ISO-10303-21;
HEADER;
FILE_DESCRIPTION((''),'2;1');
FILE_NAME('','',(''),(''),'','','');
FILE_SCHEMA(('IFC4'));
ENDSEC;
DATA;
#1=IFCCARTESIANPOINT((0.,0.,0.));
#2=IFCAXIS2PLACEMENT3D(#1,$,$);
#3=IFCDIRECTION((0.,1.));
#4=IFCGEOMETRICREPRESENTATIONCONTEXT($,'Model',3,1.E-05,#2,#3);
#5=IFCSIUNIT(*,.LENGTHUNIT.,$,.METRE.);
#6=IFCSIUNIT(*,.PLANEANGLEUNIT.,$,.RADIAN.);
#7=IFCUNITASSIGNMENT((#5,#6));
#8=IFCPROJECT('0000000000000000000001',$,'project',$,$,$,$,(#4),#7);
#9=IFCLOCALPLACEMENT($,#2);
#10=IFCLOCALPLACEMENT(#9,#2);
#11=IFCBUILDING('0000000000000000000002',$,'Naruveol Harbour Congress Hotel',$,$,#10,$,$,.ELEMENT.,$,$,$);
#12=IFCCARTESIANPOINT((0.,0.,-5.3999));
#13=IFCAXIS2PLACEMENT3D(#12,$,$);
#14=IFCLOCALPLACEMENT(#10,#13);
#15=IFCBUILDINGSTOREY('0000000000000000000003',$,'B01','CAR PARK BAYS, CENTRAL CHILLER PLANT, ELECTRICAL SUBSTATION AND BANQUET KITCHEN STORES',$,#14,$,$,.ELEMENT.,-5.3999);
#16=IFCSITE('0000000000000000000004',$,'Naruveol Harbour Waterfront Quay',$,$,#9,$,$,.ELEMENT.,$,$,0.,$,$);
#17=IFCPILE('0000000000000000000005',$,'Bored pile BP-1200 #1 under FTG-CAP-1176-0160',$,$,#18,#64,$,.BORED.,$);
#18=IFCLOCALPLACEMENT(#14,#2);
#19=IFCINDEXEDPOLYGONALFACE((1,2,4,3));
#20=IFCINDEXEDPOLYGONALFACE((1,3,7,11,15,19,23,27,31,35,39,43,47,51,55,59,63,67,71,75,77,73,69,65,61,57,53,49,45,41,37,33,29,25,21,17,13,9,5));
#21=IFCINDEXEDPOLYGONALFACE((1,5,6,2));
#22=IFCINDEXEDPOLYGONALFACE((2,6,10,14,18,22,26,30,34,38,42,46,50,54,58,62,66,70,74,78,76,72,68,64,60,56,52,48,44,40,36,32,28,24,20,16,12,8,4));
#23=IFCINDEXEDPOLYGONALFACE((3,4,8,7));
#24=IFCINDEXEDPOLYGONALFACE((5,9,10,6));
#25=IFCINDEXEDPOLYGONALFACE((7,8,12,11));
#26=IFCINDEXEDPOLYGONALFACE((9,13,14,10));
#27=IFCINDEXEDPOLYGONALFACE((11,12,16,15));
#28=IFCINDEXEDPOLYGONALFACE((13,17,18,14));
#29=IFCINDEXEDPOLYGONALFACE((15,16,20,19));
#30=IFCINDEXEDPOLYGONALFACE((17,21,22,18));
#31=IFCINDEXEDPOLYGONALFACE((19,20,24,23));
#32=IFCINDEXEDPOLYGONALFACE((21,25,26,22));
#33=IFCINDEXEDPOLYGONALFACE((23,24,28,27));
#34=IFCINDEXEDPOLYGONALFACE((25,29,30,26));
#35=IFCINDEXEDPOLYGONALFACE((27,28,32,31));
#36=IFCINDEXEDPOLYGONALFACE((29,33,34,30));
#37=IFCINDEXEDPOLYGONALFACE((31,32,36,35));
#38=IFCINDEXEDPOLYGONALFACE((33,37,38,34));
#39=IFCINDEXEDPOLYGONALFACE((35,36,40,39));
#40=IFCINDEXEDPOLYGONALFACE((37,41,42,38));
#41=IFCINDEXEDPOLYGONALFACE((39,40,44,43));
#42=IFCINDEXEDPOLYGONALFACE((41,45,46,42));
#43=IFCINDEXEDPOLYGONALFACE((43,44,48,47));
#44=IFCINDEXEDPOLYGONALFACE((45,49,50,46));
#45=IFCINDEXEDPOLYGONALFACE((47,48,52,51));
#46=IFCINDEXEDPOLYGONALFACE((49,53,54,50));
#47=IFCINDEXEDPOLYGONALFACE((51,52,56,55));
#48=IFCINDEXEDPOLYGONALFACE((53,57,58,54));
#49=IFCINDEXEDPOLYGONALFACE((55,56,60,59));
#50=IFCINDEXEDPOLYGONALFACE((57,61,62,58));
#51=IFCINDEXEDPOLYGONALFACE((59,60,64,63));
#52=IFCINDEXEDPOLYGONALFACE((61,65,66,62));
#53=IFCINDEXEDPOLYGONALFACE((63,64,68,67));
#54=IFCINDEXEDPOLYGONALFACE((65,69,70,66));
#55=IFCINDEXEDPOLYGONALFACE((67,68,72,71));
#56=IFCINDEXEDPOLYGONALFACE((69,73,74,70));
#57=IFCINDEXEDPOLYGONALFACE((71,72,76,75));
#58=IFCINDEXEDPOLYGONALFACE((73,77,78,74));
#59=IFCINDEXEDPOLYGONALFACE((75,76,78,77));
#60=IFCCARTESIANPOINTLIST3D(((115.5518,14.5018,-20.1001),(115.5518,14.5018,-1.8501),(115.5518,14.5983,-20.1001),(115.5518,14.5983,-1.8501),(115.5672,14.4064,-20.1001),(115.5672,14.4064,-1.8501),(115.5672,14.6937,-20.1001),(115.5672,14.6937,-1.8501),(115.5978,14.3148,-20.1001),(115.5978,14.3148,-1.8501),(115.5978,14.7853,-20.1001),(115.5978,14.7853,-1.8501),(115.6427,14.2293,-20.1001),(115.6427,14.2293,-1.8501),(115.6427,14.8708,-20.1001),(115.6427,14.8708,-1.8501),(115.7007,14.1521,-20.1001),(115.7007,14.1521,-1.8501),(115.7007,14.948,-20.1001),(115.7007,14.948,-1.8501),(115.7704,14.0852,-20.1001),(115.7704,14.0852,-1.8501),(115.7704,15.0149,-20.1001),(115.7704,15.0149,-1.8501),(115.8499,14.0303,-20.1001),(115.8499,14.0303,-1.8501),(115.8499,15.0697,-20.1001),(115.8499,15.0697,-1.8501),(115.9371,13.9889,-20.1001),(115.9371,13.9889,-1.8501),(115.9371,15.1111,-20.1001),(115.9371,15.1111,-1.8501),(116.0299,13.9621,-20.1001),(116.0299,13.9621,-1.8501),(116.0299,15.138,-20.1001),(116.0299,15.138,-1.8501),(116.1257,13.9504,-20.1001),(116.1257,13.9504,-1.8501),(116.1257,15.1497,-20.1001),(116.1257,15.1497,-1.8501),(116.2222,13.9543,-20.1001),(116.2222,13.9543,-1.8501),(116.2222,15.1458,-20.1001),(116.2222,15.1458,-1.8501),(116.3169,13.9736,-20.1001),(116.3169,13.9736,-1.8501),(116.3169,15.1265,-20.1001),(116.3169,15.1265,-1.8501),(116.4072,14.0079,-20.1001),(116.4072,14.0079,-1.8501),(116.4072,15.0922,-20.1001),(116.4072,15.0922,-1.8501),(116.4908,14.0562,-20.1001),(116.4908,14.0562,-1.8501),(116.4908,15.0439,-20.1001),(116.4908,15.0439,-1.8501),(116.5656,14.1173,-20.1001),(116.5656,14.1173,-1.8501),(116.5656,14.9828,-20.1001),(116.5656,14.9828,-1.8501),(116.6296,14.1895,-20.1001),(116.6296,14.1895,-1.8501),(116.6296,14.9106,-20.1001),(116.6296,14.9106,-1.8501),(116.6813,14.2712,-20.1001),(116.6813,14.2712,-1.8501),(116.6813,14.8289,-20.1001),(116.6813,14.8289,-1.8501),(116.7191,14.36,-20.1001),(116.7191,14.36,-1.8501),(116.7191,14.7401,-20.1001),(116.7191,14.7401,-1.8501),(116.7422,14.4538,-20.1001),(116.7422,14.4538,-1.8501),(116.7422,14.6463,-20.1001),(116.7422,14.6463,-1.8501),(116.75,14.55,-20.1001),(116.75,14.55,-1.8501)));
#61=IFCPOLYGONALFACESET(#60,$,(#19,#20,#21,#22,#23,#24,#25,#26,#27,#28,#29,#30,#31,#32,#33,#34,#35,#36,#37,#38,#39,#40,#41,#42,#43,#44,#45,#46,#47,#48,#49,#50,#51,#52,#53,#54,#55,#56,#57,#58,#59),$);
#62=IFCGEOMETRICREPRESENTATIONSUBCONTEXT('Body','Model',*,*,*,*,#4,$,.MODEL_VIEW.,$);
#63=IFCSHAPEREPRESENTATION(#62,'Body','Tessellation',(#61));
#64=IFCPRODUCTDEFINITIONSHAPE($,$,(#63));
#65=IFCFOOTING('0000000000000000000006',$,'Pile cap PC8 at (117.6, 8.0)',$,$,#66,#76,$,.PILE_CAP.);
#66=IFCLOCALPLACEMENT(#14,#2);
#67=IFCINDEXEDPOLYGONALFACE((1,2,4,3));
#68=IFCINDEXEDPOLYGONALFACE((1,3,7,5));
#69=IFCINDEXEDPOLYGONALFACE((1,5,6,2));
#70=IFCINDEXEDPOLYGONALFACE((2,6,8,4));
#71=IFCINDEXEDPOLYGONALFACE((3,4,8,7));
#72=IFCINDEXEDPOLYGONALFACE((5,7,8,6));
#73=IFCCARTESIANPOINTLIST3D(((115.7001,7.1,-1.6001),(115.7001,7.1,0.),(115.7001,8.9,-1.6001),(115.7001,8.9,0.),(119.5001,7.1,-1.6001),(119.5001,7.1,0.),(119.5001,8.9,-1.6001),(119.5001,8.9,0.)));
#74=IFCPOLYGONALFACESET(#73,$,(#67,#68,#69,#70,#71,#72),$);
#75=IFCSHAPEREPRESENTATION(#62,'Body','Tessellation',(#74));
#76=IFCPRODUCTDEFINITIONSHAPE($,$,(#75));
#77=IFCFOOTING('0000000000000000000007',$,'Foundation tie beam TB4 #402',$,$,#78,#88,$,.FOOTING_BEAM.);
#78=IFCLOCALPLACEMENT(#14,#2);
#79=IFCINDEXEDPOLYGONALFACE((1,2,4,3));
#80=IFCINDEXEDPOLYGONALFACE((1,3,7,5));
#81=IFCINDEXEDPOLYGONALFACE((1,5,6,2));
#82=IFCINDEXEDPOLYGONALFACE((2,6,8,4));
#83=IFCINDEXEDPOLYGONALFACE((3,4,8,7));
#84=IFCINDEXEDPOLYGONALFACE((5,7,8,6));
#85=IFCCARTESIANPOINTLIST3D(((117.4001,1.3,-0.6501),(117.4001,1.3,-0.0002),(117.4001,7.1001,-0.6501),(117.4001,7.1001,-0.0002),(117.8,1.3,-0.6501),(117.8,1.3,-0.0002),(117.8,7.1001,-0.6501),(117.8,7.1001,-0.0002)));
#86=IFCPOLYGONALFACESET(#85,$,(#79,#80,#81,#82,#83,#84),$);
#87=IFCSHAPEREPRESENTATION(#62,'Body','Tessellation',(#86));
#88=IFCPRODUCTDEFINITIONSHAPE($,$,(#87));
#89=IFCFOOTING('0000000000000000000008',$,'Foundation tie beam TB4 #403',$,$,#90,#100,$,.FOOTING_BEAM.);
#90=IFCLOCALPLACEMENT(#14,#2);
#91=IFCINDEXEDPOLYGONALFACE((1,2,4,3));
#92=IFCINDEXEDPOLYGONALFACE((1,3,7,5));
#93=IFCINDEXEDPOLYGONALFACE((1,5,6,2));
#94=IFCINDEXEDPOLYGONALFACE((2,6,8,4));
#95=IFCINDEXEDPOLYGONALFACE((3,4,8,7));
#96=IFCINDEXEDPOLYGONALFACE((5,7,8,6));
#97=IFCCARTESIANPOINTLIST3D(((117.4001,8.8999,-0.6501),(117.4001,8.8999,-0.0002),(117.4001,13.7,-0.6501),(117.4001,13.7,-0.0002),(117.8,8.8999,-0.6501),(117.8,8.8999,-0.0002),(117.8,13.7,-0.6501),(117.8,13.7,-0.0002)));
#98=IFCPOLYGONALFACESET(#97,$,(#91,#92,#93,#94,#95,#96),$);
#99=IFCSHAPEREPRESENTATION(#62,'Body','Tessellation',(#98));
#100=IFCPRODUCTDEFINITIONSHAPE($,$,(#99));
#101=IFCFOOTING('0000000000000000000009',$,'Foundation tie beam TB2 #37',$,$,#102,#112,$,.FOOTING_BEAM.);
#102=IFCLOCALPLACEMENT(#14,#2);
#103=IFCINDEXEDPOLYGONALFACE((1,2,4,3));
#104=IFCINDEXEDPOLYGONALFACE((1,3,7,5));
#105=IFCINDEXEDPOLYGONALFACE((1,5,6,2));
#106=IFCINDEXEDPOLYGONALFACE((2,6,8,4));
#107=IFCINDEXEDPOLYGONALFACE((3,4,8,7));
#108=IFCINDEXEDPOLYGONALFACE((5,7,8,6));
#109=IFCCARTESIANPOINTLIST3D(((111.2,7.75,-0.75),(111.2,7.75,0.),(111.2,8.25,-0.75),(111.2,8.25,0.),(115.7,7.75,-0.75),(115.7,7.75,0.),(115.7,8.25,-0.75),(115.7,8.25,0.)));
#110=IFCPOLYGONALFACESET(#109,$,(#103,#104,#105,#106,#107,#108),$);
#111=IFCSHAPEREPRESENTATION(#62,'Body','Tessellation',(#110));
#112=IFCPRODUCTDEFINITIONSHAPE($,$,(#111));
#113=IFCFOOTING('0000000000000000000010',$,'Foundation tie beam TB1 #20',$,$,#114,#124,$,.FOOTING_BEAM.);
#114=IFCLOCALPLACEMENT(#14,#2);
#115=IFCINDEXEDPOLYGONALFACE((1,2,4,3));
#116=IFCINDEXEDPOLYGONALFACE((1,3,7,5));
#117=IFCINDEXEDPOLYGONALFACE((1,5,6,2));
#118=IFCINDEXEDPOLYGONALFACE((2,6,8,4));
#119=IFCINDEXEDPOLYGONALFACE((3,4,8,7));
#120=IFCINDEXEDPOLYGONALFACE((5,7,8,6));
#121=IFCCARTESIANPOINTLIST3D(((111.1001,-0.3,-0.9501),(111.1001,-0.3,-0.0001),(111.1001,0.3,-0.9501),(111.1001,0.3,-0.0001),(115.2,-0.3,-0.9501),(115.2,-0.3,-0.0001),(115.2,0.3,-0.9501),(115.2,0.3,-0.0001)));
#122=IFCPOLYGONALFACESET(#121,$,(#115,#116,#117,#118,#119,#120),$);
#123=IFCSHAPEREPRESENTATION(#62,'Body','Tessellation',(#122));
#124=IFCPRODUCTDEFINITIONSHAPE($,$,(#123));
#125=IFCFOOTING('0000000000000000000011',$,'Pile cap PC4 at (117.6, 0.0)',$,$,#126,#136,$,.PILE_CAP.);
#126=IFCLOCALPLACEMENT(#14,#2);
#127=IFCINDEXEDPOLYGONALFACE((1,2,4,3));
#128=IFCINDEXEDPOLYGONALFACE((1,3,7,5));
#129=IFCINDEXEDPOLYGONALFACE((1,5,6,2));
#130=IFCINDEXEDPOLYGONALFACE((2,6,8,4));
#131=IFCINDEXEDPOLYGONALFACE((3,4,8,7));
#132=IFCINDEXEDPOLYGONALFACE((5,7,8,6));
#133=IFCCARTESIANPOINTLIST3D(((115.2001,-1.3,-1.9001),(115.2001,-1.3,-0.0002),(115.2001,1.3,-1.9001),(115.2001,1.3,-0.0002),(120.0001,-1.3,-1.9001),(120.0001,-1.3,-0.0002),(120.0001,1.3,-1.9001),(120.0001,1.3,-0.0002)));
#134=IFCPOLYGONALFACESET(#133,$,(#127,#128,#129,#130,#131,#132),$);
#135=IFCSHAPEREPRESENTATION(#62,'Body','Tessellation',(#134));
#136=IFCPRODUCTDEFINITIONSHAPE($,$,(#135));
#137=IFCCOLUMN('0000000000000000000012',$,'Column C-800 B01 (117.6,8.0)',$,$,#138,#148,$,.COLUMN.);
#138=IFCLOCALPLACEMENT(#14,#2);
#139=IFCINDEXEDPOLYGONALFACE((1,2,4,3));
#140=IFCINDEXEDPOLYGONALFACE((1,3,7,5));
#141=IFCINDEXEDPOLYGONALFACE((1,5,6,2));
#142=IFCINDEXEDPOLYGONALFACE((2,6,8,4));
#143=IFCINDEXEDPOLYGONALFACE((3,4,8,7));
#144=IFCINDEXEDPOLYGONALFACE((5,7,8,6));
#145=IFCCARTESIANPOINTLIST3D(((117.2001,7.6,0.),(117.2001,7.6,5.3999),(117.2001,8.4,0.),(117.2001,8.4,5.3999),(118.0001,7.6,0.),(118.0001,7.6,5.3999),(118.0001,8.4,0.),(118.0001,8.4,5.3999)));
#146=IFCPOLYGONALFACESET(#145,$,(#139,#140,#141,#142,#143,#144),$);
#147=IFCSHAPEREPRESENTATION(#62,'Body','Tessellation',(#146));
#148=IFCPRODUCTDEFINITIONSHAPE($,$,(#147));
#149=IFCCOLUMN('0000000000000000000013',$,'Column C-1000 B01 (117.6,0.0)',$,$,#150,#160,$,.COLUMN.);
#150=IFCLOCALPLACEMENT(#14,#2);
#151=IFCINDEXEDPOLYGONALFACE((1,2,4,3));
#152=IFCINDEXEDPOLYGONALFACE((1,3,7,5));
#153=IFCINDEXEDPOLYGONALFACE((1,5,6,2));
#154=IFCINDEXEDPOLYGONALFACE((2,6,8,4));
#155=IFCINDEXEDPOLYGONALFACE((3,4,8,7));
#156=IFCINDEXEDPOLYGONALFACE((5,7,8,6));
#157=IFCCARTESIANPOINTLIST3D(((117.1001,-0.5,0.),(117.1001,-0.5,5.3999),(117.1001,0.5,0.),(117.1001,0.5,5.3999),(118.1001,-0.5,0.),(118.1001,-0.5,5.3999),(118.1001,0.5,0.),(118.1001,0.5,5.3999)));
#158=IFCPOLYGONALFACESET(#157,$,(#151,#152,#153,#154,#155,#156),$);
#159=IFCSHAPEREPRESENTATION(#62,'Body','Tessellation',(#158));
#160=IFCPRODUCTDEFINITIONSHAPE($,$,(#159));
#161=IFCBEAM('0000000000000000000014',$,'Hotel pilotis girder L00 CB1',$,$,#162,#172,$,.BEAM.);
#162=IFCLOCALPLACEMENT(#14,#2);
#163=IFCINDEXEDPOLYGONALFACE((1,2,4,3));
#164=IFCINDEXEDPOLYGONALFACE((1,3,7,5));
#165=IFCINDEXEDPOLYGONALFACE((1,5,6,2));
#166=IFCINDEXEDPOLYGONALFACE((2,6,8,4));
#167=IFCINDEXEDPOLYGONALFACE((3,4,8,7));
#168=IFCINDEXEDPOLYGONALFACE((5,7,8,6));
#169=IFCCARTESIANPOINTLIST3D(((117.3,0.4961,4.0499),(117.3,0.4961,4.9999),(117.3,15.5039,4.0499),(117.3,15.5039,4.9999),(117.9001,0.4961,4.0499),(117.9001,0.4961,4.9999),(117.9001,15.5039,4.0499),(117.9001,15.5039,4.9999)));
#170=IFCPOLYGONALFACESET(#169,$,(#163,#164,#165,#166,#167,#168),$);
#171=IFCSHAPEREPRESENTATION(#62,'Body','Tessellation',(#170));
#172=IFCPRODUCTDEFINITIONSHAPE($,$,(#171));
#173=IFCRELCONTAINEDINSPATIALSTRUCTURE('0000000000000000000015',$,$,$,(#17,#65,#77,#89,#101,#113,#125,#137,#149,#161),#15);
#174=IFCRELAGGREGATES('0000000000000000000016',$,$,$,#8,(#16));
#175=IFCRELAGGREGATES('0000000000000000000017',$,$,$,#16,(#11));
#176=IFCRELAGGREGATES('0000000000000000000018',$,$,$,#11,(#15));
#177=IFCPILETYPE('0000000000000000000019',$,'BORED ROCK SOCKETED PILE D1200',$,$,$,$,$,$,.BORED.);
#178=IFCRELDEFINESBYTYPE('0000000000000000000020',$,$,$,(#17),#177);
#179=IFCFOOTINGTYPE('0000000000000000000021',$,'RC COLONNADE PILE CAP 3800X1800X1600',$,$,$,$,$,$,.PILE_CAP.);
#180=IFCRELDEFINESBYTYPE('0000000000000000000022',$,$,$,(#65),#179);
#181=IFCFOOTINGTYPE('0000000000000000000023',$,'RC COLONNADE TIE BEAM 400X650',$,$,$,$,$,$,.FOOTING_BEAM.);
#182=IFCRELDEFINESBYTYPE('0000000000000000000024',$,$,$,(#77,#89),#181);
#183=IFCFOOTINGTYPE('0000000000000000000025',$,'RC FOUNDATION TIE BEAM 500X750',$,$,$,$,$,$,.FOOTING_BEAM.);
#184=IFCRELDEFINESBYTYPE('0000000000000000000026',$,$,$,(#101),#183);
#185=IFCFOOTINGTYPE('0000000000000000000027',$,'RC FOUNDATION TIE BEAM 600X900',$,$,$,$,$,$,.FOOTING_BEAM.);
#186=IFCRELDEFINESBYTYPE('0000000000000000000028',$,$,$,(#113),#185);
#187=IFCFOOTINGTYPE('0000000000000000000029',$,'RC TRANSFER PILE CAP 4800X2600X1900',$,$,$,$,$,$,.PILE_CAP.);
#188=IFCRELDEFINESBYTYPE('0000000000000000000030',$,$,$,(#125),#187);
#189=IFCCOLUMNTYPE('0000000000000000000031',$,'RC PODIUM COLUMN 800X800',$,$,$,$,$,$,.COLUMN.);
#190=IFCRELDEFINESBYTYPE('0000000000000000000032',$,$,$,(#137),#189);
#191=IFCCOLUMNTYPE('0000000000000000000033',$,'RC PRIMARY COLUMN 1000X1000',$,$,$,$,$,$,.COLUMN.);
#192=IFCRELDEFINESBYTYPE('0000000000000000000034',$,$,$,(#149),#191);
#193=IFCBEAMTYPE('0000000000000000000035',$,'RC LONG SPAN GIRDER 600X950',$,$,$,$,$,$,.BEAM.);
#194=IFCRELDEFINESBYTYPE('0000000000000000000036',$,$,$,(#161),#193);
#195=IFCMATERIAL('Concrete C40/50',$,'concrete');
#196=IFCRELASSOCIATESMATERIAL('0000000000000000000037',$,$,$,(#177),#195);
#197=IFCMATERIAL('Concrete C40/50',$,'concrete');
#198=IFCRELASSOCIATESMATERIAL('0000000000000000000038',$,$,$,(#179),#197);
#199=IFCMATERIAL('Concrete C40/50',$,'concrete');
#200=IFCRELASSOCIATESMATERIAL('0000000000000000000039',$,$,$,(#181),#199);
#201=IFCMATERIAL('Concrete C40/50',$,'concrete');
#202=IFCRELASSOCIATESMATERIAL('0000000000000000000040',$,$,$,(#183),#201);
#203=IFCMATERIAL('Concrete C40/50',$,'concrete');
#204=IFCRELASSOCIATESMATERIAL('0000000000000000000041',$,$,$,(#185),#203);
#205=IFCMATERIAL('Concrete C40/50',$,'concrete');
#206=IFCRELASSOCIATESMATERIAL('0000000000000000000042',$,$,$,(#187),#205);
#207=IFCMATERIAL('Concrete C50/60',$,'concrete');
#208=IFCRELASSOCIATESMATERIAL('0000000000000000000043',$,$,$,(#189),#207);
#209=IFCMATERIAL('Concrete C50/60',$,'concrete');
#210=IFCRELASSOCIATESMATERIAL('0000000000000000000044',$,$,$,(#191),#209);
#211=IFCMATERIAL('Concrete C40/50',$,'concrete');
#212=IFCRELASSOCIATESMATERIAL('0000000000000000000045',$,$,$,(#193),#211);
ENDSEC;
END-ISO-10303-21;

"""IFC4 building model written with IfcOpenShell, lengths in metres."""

from ifc_helpers import new_model, si_unit, direction, frame, origin, origin_2d, place, context, subcontext, project, spatial, rectangle, circle, extrude, material, material_profile, profile_set, type_object, element, save


model = new_model("IFC4")

# Units and contexts
model_context = context("Model", 3, precision=1e-05, world=origin(), true_north=direction((0.0, 1.0)))
body_context = subcontext(model_context, "Body", "Model", "MODEL_VIEW")
ifc_project = project(units=[si_unit("LENGTHUNIT", "METRE"), si_unit("PLANEANGLEUNIT", "RADIAN")], contexts=[model_context])

# Site, building, storey
site_placement = place(None, origin())
site = spatial("IfcSite", under=ifc_project, at=site_placement, Name="Naruveol Harbour Waterfront Quay", CompositionType="ELEMENT", RefElevation=0.0)
building_placement = place(site_placement, origin())
building = spatial("IfcBuilding", under=site, at=building_placement, Name="Naruveol Harbour Congress Hotel", CompositionType="ELEMENT")
storey_placement = place(building_placement, frame((0.0, 0.0, -5.3999)))
storey = spatial("IfcBuildingStorey", under=building, at=storey_placement, Name="B01", Description="CAR PARK BAYS, CENTRAL CHILLER PLANT, ELECTRICAL SUBSTATION AND BANQUET KITCHEN STORES", CompositionType="ELEMENT", Elevation=-5.3999)

# Pile
ifc_material_1 = material(Name="Concrete C40/50", Category="concrete")
ifc_material_profile_1 = material_profile(ifc_material_1, circle(Radius=0.6001, at=origin_2d()), Name="BP-1200")
ifc_profile_set_1 = profile_set([ifc_material_profile_1], Name="Concrete C40/50")
pile_type_1 = type_object("IfcPileType", Name="BORED ROCK SOCKETED PILE D1200", PredefinedType="BORED", material=ifc_profile_set_1)
pile_1_placement = place(storey_placement, frame((116.1499, 14.55, -1.8501), z_axis=(0.0, 0.0, -1.0), x_axis=(1.0, 0.0, 0.0)))
element("IfcPile", 1, at=pile_1_placement, inside=storey, type_object=pile_type_1, Name="Bored pile BP-1200 #1 under FTG-CAP-1176-0160", PredefinedType="BORED", context=body_context, shape_type="SweptSolid", body=[
    extrude(circle(Radius=0.6001, at=origin_2d()), origin(), (0.0, 0.0, 1.0), 18.25),
])

# Footings
ifc_material_2 = material(Name="Concrete C40/50", Category="concrete")
footing_type_1 = type_object("IfcFootingType", Name="RC COLONNADE PILE CAP 3800X1800X1600", PredefinedType="PILE_CAP", material=ifc_material_2)
footing_1_placement = place(storey_placement, frame((117.6001, 8.0, -1.6001), z_axis=(0.0, 0.0, 1.0), x_axis=(1.0, 0.0, 0.0)))
element("IfcFooting", 2, at=footing_1_placement, inside=storey, type_object=footing_type_1, Name="Pile cap PC8 at (117.6, 8.0)", PredefinedType="PILE_CAP", context=body_context, shape_type="SweptSolid", body=[
    extrude(rectangle(XDim=3.8, YDim=1.8, at=origin_2d()), origin(), (0.0, 0.0, 1.0), 1.6001),
])
ifc_material_3 = material(Name="Concrete C40/50", Category="concrete")
ifc_material_profile_2 = material_profile(ifc_material_3, rectangle(XDim=0.3999, YDim=0.6499, at=origin_2d()), Name="RCB-400x650")
ifc_profile_set_2 = profile_set([ifc_material_profile_2], Name="Concrete C40/50")
footing_type_2 = type_object("IfcFootingType", Name="RC COLONNADE TIE BEAM 400X650", PredefinedType="FOOTING_BEAM", material=ifc_profile_set_2)
footing_2_placement = place(storey_placement, frame((117.6001, 1.3, -0.3252), z_axis=(0.0, 1.0, 0.0), x_axis=(-1.0, 0.0, 0.0)))
element("IfcFooting", 3, at=footing_2_placement, inside=storey, type_object=footing_type_2, Name="Foundation tie beam TB4 #402", PredefinedType="FOOTING_BEAM", context=body_context, shape_type="SweptSolid", body=[
    extrude(rectangle(XDim=0.3999, YDim=0.6499, at=origin_2d()), origin(), (0.0, 0.0, 1.0), 5.8),
])
footing_3_placement = place(storey_placement, frame((117.6001, 8.8999, -0.3252), z_axis=(0.0, 1.0, 0.0), x_axis=(-1.0, 0.0, 0.0)))
element("IfcFooting", 4, at=footing_3_placement, inside=storey, type_object=footing_type_2, Name="Foundation tie beam TB4 #403", PredefinedType="FOOTING_BEAM", context=body_context, shape_type="SweptSolid", body=[
    extrude(rectangle(XDim=0.3999, YDim=0.6499, at=origin_2d()), origin(), (0.0, 0.0, 1.0), 4.8),
])
ifc_material_4 = material(Name="Concrete C40/50", Category="concrete")
ifc_material_profile_3 = material_profile(ifc_material_4, rectangle(XDim=0.5, YDim=0.75, at=origin_2d()), Name="RCB-500x750")
ifc_profile_set_3 = profile_set([ifc_material_profile_3], Name="Concrete C40/50")
footing_type_3 = type_object("IfcFootingType", Name="RC FOUNDATION TIE BEAM 500X750", PredefinedType="FOOTING_BEAM", material=ifc_profile_set_3)
footing_4_placement = place(storey_placement, frame((111.2, 8.0, -0.375), z_axis=(1.0, 0.0, 0.0), x_axis=(0.0, 1.0, 0.0)))
element("IfcFooting", 5, at=footing_4_placement, inside=storey, type_object=footing_type_3, Name="Foundation tie beam TB2 #37", PredefinedType="FOOTING_BEAM", context=body_context, shape_type="SweptSolid", body=[
    extrude(rectangle(XDim=0.5, YDim=0.75, at=origin_2d()), origin(), (0.0, 0.0, 1.0), 4.5),
])
ifc_material_5 = material(Name="Concrete C40/50", Category="concrete")
ifc_material_profile_4 = material_profile(ifc_material_5, rectangle(XDim=0.6001, YDim=0.95, at=origin_2d()), Name="RCB-600x950")
ifc_profile_set_4 = profile_set([ifc_material_profile_4], Name="Concrete C40/50")
footing_type_4 = type_object("IfcFootingType", Name="RC FOUNDATION TIE BEAM 600X900", PredefinedType="FOOTING_BEAM", material=ifc_profile_set_4)
footing_5_placement = place(storey_placement, frame((111.1001, 0.0, -0.4751), z_axis=(1.0, 0.0, 0.0), x_axis=(0.0, 1.0, 0.0)))
element("IfcFooting", 6, at=footing_5_placement, inside=storey, type_object=footing_type_4, Name="Foundation tie beam TB1 #20", PredefinedType="FOOTING_BEAM", context=body_context, shape_type="SweptSolid", body=[
    extrude(rectangle(XDim=0.6001, YDim=0.95, at=origin_2d()), origin(), (0.0, 0.0, 1.0), 4.0999),
])
ifc_material_6 = material(Name="Concrete C40/50", Category="concrete")
footing_type_5 = type_object("IfcFootingType", Name="RC TRANSFER PILE CAP 4800X2600X1900", PredefinedType="PILE_CAP", material=ifc_material_6)
footing_6_placement = place(storey_placement, frame((117.6001, 0.0, -1.9001), z_axis=(0.0, 0.0, 1.0), x_axis=(1.0, 0.0, 0.0)))
element("IfcFooting", 7, at=footing_6_placement, inside=storey, type_object=footing_type_5, Name="Pile cap PC4 at (117.6, 0.0)", PredefinedType="PILE_CAP", context=body_context, shape_type="SweptSolid", body=[
    extrude(rectangle(XDim=4.8, YDim=2.6001, at=origin_2d()), origin(), (0.0, 0.0, 1.0), 1.8999),
])

# Columns
ifc_material_7 = material(Name="Concrete C50/60", Category="concrete")
ifc_material_profile_5 = material_profile(ifc_material_7, rectangle(XDim=0.8, YDim=0.8, at=origin_2d()), Name="RC-800x800")
ifc_profile_set_5 = profile_set([ifc_material_profile_5], Name="Concrete C50/60")
column_type_1 = type_object("IfcColumnType", Name="RC PODIUM COLUMN 800X800", PredefinedType="COLUMN", material=ifc_profile_set_5)
column_1_placement = place(storey_placement, frame((117.6001, 8.0, 0.0), z_axis=(0.0, 0.0, 1.0), x_axis=(1.0, 0.0, 0.0)))
element("IfcColumn", 8, at=column_1_placement, inside=storey, type_object=column_type_1, Name="Column C-800 B01 (117.6,8.0)", PredefinedType="COLUMN", context=body_context, shape_type="SweptSolid", body=[
    extrude(rectangle(XDim=0.8, YDim=0.8, at=origin_2d()), origin(), (0.0, 0.0, 1.0), 5.3999),
])
ifc_material_8 = material(Name="Concrete C50/60", Category="concrete")
ifc_material_profile_6 = material_profile(ifc_material_8, rectangle(XDim=1.0, YDim=1.0, at=origin_2d()), Name="RC-1000x1000")
ifc_profile_set_6 = profile_set([ifc_material_profile_6], Name="Concrete C50/60")
column_type_2 = type_object("IfcColumnType", Name="RC PRIMARY COLUMN 1000X1000", PredefinedType="COLUMN", material=ifc_profile_set_6)
column_2_placement = place(storey_placement, frame((117.6001, 0.0, 0.0), z_axis=(0.0, 0.0, 1.0), x_axis=(1.0, 0.0, 0.0)))
element("IfcColumn", 9, at=column_2_placement, inside=storey, type_object=column_type_2, Name="Column C-1000 B01 (117.6,0.0)", PredefinedType="COLUMN", context=body_context, shape_type="SweptSolid", body=[
    extrude(rectangle(XDim=1.0, YDim=1.0, at=origin_2d()), origin(), (0.0, 0.0, 1.0), 5.3999),
])

# Beam
ifc_material_9 = material(Name="Concrete C40/50", Category="concrete")
ifc_material_profile_7 = material_profile(ifc_material_9, rectangle(XDim=0.6001, YDim=0.95, at=origin_2d()), Name="RCB-600x950")
ifc_profile_set_7 = profile_set([ifc_material_profile_7], Name="Concrete C40/50")
beam_type_1 = type_object("IfcBeamType", Name="RC LONG SPAN GIRDER 600X950", PredefinedType="BEAM", material=ifc_profile_set_7)
beam_1_placement = place(storey_placement, frame((117.6001, 0.4961, 4.5249), z_axis=(0.0, 1.0, 0.0), x_axis=(-1.0, 0.0, 0.0)))
element("IfcBeam", 10, at=beam_1_placement, inside=storey, type_object=beam_type_1, Name="Hotel pilotis girder L00 CB1", PredefinedType="BEAM", context=body_context, shape_type="SweptSolid", body=[
    extrude(rectangle(XDim=0.6001, YDim=0.95, at=origin_2d()), origin(), (0.0, 0.0, 1.0), 15.0078),
])

save(model, "model.ifc")
